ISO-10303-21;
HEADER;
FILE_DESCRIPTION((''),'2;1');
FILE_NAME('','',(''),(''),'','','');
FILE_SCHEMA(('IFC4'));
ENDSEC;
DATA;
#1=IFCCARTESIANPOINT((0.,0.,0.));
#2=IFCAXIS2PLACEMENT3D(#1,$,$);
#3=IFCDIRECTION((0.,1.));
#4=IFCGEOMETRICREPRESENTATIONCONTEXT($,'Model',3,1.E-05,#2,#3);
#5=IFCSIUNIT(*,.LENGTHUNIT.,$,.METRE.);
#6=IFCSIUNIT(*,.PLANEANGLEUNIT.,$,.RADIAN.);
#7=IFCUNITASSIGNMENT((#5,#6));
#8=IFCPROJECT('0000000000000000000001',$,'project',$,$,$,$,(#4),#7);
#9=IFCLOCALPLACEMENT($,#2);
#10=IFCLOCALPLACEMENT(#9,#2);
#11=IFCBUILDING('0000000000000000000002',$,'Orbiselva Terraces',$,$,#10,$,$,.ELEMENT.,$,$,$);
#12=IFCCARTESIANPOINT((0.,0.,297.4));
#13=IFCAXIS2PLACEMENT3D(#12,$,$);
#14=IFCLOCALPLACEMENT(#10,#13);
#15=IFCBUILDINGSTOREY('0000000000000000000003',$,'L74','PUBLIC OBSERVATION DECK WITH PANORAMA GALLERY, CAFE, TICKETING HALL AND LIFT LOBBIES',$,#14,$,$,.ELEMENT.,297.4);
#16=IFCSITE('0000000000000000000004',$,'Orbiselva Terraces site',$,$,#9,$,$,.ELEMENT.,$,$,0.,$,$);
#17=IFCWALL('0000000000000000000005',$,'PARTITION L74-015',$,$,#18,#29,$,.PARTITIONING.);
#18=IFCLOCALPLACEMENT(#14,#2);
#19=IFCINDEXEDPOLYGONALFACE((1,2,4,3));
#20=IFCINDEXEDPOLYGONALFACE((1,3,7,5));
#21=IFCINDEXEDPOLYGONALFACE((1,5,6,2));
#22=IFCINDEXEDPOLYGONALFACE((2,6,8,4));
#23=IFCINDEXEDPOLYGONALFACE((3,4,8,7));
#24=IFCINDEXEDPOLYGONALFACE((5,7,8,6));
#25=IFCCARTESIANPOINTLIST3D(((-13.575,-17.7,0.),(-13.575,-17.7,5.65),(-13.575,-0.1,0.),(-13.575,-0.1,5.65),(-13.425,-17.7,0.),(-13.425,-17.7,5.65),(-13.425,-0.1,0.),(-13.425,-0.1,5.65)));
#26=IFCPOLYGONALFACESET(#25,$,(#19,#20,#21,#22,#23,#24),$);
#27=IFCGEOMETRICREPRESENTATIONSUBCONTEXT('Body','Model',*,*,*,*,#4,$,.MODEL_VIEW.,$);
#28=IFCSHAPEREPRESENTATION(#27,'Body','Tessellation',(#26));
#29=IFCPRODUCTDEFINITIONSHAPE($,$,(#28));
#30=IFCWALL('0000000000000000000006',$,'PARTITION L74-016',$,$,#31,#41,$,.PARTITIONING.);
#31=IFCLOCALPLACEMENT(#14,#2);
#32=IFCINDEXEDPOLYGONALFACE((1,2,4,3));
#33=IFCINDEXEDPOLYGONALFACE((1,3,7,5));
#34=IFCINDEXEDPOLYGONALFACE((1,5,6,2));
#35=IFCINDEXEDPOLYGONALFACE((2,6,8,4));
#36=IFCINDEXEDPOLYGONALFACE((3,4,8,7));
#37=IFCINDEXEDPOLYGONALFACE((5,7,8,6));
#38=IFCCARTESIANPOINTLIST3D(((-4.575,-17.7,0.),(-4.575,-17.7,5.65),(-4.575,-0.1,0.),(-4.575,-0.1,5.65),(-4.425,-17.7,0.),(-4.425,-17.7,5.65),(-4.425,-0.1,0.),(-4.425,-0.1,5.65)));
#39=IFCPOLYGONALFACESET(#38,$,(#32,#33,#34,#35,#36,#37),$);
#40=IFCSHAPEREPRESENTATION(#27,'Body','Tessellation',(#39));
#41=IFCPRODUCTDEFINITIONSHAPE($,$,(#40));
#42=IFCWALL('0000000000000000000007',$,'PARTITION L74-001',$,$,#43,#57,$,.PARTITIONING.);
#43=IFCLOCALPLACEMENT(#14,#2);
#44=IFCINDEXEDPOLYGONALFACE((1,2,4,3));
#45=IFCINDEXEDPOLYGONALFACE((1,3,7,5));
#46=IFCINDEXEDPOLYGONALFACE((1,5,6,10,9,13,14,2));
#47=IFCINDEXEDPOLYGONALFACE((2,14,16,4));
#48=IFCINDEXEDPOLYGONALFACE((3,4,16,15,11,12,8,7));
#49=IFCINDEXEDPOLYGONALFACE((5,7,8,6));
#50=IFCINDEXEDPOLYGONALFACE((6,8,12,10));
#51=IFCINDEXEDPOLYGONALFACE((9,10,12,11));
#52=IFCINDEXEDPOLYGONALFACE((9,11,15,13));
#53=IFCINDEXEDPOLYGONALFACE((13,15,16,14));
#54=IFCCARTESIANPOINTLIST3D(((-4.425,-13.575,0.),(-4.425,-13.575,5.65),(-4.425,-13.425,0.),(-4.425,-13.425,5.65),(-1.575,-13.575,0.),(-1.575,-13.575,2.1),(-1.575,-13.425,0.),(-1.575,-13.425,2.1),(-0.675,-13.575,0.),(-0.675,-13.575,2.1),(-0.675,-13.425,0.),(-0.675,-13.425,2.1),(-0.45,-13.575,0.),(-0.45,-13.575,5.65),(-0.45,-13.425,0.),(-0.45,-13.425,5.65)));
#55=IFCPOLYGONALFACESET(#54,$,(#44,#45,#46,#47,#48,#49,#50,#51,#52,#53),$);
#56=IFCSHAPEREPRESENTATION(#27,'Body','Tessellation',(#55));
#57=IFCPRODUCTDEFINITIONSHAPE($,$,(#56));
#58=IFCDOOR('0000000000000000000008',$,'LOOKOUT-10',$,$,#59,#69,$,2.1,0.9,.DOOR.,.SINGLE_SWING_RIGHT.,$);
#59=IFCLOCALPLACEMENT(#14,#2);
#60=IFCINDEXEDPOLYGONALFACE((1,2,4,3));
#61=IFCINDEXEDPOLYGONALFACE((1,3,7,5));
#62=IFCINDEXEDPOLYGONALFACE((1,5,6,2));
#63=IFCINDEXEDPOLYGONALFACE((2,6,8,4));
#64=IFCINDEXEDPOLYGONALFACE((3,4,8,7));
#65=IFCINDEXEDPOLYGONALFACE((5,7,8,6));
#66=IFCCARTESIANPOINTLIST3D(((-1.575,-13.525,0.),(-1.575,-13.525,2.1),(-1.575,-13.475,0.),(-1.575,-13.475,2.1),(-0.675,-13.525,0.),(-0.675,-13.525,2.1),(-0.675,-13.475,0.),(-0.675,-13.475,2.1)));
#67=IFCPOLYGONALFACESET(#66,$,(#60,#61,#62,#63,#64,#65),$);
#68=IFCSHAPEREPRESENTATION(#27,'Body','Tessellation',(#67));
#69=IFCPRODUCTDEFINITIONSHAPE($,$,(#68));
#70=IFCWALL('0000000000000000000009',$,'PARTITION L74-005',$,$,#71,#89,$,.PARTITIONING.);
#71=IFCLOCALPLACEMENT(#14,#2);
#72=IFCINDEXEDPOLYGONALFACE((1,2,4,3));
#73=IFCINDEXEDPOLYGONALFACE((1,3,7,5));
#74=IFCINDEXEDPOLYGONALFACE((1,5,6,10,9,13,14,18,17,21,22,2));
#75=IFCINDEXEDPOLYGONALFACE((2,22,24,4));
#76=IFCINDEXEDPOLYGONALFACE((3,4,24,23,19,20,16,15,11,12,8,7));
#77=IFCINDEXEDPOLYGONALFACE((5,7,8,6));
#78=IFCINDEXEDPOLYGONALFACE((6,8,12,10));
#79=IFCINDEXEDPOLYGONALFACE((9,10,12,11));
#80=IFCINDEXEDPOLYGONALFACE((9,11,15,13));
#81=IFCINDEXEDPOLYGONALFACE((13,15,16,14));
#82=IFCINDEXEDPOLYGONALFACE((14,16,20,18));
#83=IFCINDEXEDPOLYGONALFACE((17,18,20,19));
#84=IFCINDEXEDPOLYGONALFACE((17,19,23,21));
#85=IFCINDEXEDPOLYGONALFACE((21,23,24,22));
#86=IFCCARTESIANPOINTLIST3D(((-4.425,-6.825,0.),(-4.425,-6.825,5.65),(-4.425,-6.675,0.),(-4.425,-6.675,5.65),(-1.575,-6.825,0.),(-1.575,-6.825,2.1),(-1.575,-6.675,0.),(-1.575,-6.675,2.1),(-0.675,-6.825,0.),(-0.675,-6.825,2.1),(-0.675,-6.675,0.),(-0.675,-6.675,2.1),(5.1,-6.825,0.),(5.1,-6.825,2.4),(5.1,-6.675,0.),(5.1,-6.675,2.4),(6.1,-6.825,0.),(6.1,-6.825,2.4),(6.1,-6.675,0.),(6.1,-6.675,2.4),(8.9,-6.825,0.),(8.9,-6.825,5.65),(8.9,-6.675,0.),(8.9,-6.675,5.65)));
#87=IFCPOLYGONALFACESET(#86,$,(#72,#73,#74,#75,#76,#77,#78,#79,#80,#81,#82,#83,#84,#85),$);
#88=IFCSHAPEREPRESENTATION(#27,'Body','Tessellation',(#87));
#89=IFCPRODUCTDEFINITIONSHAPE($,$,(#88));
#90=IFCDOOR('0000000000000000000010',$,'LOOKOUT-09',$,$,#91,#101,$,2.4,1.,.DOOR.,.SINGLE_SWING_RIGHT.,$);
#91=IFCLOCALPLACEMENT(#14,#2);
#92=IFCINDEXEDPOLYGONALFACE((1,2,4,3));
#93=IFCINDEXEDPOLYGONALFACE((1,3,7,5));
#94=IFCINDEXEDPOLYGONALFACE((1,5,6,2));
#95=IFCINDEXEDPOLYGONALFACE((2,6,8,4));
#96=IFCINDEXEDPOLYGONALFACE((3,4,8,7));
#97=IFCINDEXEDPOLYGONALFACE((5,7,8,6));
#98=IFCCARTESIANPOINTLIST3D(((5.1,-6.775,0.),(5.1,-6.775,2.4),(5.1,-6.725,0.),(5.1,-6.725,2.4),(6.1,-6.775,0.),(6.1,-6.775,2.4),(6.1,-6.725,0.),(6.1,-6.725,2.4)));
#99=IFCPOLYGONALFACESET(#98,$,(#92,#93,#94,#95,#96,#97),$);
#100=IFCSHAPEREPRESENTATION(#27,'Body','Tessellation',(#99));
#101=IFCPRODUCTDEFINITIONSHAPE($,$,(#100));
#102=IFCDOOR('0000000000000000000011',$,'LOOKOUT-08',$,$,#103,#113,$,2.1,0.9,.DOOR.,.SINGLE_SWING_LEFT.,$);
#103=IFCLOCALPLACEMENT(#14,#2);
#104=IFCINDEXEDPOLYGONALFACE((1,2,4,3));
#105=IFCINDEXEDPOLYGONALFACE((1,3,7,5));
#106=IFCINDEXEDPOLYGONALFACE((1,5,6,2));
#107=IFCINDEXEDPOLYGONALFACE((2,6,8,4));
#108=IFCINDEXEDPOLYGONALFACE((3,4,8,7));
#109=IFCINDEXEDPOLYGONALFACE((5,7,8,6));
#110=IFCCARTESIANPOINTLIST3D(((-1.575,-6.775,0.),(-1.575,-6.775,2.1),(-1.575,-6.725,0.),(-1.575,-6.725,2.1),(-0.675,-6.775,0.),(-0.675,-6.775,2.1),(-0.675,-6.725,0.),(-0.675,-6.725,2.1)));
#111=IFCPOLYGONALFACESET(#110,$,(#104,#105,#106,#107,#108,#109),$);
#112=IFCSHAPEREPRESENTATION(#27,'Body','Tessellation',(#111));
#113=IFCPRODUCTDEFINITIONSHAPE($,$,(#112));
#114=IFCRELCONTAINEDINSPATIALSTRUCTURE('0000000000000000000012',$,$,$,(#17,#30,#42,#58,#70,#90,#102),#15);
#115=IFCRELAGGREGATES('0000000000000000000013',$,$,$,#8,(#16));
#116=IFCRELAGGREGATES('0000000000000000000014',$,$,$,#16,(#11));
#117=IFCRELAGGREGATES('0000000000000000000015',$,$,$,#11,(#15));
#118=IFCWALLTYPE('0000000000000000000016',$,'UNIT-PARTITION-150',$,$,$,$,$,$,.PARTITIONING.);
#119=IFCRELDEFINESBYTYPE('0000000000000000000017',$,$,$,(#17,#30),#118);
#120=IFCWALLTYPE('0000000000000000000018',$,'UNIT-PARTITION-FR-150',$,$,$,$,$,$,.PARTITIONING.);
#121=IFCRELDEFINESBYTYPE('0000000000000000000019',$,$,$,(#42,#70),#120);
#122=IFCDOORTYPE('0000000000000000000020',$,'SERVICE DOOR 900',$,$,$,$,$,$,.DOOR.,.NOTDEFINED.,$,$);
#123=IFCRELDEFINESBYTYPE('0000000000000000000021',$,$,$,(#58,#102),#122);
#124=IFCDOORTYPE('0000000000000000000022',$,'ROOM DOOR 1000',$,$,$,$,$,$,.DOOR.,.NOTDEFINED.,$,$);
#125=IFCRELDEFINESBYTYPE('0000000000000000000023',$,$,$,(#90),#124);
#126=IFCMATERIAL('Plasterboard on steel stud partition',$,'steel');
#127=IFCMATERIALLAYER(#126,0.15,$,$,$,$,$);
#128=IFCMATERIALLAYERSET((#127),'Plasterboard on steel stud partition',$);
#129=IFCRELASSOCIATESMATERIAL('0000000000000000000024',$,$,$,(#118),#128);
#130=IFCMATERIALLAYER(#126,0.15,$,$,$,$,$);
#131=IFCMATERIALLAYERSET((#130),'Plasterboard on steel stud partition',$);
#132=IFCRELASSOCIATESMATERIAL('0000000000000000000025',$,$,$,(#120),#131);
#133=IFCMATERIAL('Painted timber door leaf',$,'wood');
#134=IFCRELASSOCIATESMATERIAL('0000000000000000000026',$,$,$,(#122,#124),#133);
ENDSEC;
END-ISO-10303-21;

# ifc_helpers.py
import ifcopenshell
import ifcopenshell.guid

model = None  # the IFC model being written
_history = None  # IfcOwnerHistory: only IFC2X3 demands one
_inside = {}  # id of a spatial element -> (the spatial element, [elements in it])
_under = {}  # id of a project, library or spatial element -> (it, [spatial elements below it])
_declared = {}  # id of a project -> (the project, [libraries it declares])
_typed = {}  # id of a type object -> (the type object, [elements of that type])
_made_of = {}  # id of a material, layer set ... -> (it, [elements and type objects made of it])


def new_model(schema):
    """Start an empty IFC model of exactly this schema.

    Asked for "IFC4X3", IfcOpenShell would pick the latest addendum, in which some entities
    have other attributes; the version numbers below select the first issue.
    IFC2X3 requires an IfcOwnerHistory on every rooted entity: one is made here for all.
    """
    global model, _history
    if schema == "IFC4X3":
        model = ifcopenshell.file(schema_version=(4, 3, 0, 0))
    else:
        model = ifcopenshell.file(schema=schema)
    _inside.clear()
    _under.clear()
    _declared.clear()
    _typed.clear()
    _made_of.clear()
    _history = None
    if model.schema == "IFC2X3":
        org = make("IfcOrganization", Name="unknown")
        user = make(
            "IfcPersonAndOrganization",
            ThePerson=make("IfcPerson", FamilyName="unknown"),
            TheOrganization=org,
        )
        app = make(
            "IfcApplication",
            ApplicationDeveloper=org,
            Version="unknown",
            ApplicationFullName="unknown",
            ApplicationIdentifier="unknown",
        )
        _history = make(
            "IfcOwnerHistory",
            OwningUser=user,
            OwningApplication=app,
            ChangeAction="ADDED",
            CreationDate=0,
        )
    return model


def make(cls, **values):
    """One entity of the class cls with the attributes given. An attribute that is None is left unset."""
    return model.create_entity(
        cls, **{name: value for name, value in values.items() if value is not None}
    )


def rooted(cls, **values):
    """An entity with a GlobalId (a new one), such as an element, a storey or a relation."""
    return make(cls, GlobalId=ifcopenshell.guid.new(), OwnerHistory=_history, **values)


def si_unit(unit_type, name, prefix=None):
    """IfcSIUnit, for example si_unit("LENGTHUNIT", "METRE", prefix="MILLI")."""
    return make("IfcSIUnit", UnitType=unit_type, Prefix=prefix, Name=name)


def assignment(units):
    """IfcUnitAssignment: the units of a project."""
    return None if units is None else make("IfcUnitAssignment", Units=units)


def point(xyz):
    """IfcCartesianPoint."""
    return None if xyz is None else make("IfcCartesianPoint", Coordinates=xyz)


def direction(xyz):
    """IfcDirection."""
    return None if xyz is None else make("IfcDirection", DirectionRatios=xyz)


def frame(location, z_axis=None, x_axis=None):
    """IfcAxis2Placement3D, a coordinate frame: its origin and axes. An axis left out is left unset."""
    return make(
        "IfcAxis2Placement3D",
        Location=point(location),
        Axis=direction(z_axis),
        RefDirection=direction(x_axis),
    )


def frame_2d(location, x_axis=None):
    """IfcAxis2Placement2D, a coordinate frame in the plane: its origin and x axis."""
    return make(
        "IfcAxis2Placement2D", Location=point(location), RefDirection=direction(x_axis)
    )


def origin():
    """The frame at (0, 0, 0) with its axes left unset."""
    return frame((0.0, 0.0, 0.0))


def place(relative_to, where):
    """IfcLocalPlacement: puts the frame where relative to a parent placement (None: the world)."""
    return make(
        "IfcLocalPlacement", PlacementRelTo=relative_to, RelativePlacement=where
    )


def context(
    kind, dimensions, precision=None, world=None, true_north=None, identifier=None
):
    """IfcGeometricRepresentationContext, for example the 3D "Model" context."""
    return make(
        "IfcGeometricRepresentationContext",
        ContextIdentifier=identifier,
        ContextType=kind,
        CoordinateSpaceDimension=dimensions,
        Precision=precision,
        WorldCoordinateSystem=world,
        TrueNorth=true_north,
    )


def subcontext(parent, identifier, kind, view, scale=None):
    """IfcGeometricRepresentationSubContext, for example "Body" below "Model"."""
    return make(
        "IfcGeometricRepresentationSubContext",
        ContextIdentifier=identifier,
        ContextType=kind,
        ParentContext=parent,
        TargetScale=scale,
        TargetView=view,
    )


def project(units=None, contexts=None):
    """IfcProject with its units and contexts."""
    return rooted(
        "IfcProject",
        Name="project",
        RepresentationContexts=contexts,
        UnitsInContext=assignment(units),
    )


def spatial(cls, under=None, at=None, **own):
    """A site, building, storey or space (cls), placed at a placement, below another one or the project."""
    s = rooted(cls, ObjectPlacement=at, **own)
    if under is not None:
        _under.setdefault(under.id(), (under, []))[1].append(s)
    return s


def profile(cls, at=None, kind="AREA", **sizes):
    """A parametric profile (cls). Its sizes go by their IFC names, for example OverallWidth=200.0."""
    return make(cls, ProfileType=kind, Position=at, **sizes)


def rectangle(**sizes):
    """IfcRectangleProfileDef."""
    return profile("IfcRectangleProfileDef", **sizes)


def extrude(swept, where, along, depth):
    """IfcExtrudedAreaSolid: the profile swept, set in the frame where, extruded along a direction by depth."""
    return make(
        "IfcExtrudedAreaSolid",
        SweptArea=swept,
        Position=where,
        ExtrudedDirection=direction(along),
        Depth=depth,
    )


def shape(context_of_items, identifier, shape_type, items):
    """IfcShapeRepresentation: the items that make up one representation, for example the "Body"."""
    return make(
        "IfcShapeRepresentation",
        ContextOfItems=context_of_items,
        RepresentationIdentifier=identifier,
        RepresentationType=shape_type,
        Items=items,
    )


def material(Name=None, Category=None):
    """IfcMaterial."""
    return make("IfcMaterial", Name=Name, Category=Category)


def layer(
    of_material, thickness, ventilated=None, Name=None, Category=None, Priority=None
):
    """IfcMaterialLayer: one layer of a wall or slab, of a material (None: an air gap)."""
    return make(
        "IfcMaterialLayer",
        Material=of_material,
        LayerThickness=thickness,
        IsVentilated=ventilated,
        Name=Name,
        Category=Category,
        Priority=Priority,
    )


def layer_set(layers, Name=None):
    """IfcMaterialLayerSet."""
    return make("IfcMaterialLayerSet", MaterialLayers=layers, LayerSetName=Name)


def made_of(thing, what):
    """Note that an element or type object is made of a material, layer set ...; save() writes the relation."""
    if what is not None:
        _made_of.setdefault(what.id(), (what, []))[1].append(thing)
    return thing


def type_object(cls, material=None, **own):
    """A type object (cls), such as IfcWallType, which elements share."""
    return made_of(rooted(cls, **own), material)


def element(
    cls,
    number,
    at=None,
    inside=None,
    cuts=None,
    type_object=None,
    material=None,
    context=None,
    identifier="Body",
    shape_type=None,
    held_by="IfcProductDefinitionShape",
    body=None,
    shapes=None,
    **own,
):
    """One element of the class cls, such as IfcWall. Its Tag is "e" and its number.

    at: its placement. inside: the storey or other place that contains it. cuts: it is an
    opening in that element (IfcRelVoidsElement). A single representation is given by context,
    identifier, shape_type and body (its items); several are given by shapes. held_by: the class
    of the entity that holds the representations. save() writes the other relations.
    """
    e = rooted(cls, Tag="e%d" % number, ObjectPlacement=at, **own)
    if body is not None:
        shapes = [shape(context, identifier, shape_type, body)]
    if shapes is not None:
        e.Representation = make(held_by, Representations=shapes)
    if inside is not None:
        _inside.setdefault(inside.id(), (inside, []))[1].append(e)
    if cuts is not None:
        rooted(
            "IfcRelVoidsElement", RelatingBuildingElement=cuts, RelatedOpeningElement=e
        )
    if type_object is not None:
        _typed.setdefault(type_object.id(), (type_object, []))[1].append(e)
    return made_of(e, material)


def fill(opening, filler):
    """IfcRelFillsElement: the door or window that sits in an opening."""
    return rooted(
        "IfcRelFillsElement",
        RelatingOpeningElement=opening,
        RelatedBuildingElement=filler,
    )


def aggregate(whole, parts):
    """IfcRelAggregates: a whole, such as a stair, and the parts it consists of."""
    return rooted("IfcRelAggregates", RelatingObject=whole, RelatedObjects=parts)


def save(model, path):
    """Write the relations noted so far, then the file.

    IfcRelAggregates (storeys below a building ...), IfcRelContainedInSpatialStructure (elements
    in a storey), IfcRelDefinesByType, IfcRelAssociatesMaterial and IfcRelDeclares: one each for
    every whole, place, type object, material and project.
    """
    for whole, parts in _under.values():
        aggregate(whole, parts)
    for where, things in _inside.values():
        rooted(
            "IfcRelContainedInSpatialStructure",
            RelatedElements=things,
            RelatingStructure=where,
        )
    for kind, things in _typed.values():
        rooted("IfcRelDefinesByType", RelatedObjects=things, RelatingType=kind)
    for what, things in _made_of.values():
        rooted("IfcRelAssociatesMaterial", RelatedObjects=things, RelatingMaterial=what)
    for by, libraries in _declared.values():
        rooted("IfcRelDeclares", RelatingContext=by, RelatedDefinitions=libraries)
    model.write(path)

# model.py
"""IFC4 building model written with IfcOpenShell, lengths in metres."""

from ifc_helpers import new_model, si_unit, direction, frame, frame_2d, origin, place, context, subcontext, project, spatial, rectangle, extrude, material, layer, layer_set, type_object, element, fill, save


model = new_model("IFC4")

# Units and contexts
model_context = context("Model", 3, precision=1e-05, world=origin(), true_north=direction((0.0, 1.0)))
body_context = subcontext(model_context, "Body", "Model", "MODEL_VIEW")
ifc_project = project(units=[si_unit("LENGTHUNIT", "METRE"), si_unit("PLANEANGLEUNIT", "RADIAN")], contexts=[model_context])

# Site, building, storey
site_placement = place(None, origin())
site = spatial("IfcSite", under=ifc_project, at=site_placement, Name="Orbiselva Terraces site", CompositionType="ELEMENT", RefElevation=0.0)
building_placement = place(site_placement, origin())
building = spatial("IfcBuilding", under=site, at=building_placement, Name="Orbiselva Terraces", CompositionType="ELEMENT")
storey_placement = place(building_placement, frame((0.0, 0.0, 297.4)))
storey = spatial("IfcBuildingStorey", under=building, at=storey_placement, Name="L74", Description="PUBLIC OBSERVATION DECK WITH PANORAMA GALLERY, CAFE, TICKETING HALL AND LIFT LOBBIES", CompositionType="ELEMENT", Elevation=297.4)

# Shared definitions
ifc_material_1 = material(Name="Plasterboard on steel stud partition", Category="steel")
ifc_material_2 = material(Name="Painted timber door leaf", Category="wood")

# Walls
ifc_layer_1 = layer(ifc_material_1, 0.15)
ifc_layer_set_1 = layer_set([ifc_layer_1], Name="Plasterboard on steel stud partition")
wall_type_1 = type_object("IfcWallType", Name="UNIT-PARTITION-150", PredefinedType="PARTITIONING", material=ifc_layer_set_1)
for number, where, z_axis, x_axis, name in (
    (1, (-13.5, -17.7, 0.0), (0.0, 0.0, 1.0), (0.0, 1.0, 0.0), "PARTITION L74-015"),
    (2, (-4.5, -17.7, 0.0), (0.0, 0.0, 1.0), (0.0, 1.0, 0.0), "PARTITION L74-016"),
):
    element("IfcWall", number, at=place(storey_placement, frame(where, z_axis=z_axis, x_axis=x_axis)), inside=storey, type_object=wall_type_1, Name=name, PredefinedType="PARTITIONING", context=body_context, shape_type="SweptSolid", body=[
        extrude(rectangle(XDim=17.6, YDim=0.15, at=frame_2d((8.8, 0.0))), origin(), (0.0, 0.0, 1.0), 5.65),
    ])

# Wall, opening, door
ifc_layer_2 = layer(ifc_material_1, 0.15)
ifc_layer_set_2 = layer_set([ifc_layer_2], Name="Plasterboard on steel stud partition")
wall_type_2 = type_object("IfcWallType", Name="UNIT-PARTITION-FR-150", PredefinedType="PARTITIONING", material=ifc_layer_set_2)
wall_1_placement = place(storey_placement, frame((-4.425, -13.5, 0.0), z_axis=(0.0, 0.0, 1.0), x_axis=(1.0, 0.0, 0.0)))
wall_1 = element("IfcWall", 3, at=wall_1_placement, inside=storey, type_object=wall_type_2, Name="PARTITION L74-001", PredefinedType="PARTITIONING", context=body_context, shape_type="SweptSolid", body=[
    extrude(rectangle(XDim=3.975, YDim=0.15, at=frame_2d((1.9875, 0.0))), origin(), (0.0, 0.0, 1.0), 5.65),
])
opening_1_placement = place(wall_1_placement, frame((2.85, 0.0, 0.0)))
opening_1 = element("IfcOpeningElement", 4, at=opening_1_placement, cuts=wall_1, PredefinedType="OPENING", context=body_context, shape_type="SweptSolid", body=[
    extrude(rectangle(XDim=0.9, YDim=2.1, at=frame_2d((0.45, 1.05))), frame((0.0, 0.085, 0.0), z_axis=(0.0, -1.0, 0.0), x_axis=(1.0, 0.0, 0.0)), (0.0, 0.0, 1.0), 0.17),
])
door_type_1 = type_object("IfcDoorType", Name="SERVICE DOOR 900", OperationType="NOTDEFINED", PredefinedType="DOOR", material=ifc_material_2)
door_1_placement = place(opening_1_placement, origin())
door_1 = element("IfcDoor", 5, at=door_1_placement, inside=storey, type_object=door_type_1, Name="LOOKOUT-10", OperationType="SINGLE_SWING_RIGHT", OverallHeight=2.1, OverallWidth=0.9, PredefinedType="DOOR", context=body_context, shape_type="SweptSolid", body=[
    extrude(rectangle(XDim=0.9, YDim=2.1, at=frame_2d((0.45, 1.05))), frame((0.0, 0.025, 0.0), z_axis=(0.0, -1.0, 0.0), x_axis=(1.0, 0.0, 0.0)), (0.0, 0.0, 1.0), 0.05),
])
fill(opening_1, door_1)

# Wall, openings, doors
wall_2_placement = place(storey_placement, frame((-4.425, -6.75, 0.0), z_axis=(0.0, 0.0, 1.0), x_axis=(1.0, 0.0, 0.0)))
wall_2 = element("IfcWall", 6, at=wall_2_placement, inside=storey, type_object=wall_type_2, Name="PARTITION L74-005", PredefinedType="PARTITIONING", context=body_context, shape_type="SweptSolid", body=[
    extrude(rectangle(XDim=13.325, YDim=0.15, at=frame_2d((6.6625, 0.0))), origin(), (0.0, 0.0, 1.0), 5.65),
])
opening_2_placement = place(wall_2_placement, frame((2.85, 0.0, 0.0)))
opening_2 = element("IfcOpeningElement", 7, at=opening_2_placement, cuts=wall_2, PredefinedType="OPENING", context=body_context, shape_type="SweptSolid", body=[
    extrude(rectangle(XDim=0.9, YDim=2.1, at=frame_2d((0.45, 1.05))), frame((0.0, 0.085, 0.0), z_axis=(0.0, -1.0, 0.0), x_axis=(1.0, 0.0, 0.0)), (0.0, 0.0, 1.0), 0.17),
])
opening_3_placement = place(wall_2_placement, frame((9.525, 0.0, 0.0)))
opening_3 = element("IfcOpeningElement", 8, at=opening_3_placement, cuts=wall_2, PredefinedType="OPENING", context=body_context, shape_type="SweptSolid", body=[
    extrude(rectangle(XDim=1.0, YDim=2.4, at=frame_2d((0.5, 1.2))), frame((0.0, 0.085, 0.0), z_axis=(0.0, -1.0, 0.0), x_axis=(1.0, 0.0, 0.0)), (0.0, 0.0, 1.0), 0.17),
])
door_type_2 = type_object("IfcDoorType", Name="ROOM DOOR 1000", OperationType="NOTDEFINED", PredefinedType="DOOR", material=ifc_material_2)
door_2_placement = place(opening_3_placement, origin())
door_2 = element("IfcDoor", 9, at=door_2_placement, inside=storey, type_object=door_type_2, Name="LOOKOUT-09", OperationType="SINGLE_SWING_RIGHT", OverallHeight=2.4, OverallWidth=1.0, PredefinedType="DOOR", context=body_context, shape_type="SweptSolid", body=[
    extrude(rectangle(XDim=1.0, YDim=2.4, at=frame_2d((0.5, 1.2))), frame((0.0, 0.025, 0.0), z_axis=(0.0, -1.0, 0.0), x_axis=(1.0, 0.0, 0.0)), (0.0, 0.0, 1.0), 0.05),
])
fill(opening_3, door_2)
door_3_placement = place(opening_2_placement, origin())
door_3 = element("IfcDoor", 10, at=door_3_placement, inside=storey, type_object=door_type_1, Name="LOOKOUT-08", OperationType="SINGLE_SWING_LEFT", OverallHeight=2.1, OverallWidth=0.9, PredefinedType="DOOR", context=body_context, shape_type="SweptSolid", body=[
    extrude(rectangle(XDim=0.9, YDim=2.1, at=frame_2d((0.45, 1.05))), frame((0.0, 0.025, 0.0), z_axis=(0.0, -1.0, 0.0), x_axis=(1.0, 0.0, 0.0)), (0.0, 0.0, 1.0), 0.05),
])
fill(opening_2, door_3)

save(model, "model.ifc")
